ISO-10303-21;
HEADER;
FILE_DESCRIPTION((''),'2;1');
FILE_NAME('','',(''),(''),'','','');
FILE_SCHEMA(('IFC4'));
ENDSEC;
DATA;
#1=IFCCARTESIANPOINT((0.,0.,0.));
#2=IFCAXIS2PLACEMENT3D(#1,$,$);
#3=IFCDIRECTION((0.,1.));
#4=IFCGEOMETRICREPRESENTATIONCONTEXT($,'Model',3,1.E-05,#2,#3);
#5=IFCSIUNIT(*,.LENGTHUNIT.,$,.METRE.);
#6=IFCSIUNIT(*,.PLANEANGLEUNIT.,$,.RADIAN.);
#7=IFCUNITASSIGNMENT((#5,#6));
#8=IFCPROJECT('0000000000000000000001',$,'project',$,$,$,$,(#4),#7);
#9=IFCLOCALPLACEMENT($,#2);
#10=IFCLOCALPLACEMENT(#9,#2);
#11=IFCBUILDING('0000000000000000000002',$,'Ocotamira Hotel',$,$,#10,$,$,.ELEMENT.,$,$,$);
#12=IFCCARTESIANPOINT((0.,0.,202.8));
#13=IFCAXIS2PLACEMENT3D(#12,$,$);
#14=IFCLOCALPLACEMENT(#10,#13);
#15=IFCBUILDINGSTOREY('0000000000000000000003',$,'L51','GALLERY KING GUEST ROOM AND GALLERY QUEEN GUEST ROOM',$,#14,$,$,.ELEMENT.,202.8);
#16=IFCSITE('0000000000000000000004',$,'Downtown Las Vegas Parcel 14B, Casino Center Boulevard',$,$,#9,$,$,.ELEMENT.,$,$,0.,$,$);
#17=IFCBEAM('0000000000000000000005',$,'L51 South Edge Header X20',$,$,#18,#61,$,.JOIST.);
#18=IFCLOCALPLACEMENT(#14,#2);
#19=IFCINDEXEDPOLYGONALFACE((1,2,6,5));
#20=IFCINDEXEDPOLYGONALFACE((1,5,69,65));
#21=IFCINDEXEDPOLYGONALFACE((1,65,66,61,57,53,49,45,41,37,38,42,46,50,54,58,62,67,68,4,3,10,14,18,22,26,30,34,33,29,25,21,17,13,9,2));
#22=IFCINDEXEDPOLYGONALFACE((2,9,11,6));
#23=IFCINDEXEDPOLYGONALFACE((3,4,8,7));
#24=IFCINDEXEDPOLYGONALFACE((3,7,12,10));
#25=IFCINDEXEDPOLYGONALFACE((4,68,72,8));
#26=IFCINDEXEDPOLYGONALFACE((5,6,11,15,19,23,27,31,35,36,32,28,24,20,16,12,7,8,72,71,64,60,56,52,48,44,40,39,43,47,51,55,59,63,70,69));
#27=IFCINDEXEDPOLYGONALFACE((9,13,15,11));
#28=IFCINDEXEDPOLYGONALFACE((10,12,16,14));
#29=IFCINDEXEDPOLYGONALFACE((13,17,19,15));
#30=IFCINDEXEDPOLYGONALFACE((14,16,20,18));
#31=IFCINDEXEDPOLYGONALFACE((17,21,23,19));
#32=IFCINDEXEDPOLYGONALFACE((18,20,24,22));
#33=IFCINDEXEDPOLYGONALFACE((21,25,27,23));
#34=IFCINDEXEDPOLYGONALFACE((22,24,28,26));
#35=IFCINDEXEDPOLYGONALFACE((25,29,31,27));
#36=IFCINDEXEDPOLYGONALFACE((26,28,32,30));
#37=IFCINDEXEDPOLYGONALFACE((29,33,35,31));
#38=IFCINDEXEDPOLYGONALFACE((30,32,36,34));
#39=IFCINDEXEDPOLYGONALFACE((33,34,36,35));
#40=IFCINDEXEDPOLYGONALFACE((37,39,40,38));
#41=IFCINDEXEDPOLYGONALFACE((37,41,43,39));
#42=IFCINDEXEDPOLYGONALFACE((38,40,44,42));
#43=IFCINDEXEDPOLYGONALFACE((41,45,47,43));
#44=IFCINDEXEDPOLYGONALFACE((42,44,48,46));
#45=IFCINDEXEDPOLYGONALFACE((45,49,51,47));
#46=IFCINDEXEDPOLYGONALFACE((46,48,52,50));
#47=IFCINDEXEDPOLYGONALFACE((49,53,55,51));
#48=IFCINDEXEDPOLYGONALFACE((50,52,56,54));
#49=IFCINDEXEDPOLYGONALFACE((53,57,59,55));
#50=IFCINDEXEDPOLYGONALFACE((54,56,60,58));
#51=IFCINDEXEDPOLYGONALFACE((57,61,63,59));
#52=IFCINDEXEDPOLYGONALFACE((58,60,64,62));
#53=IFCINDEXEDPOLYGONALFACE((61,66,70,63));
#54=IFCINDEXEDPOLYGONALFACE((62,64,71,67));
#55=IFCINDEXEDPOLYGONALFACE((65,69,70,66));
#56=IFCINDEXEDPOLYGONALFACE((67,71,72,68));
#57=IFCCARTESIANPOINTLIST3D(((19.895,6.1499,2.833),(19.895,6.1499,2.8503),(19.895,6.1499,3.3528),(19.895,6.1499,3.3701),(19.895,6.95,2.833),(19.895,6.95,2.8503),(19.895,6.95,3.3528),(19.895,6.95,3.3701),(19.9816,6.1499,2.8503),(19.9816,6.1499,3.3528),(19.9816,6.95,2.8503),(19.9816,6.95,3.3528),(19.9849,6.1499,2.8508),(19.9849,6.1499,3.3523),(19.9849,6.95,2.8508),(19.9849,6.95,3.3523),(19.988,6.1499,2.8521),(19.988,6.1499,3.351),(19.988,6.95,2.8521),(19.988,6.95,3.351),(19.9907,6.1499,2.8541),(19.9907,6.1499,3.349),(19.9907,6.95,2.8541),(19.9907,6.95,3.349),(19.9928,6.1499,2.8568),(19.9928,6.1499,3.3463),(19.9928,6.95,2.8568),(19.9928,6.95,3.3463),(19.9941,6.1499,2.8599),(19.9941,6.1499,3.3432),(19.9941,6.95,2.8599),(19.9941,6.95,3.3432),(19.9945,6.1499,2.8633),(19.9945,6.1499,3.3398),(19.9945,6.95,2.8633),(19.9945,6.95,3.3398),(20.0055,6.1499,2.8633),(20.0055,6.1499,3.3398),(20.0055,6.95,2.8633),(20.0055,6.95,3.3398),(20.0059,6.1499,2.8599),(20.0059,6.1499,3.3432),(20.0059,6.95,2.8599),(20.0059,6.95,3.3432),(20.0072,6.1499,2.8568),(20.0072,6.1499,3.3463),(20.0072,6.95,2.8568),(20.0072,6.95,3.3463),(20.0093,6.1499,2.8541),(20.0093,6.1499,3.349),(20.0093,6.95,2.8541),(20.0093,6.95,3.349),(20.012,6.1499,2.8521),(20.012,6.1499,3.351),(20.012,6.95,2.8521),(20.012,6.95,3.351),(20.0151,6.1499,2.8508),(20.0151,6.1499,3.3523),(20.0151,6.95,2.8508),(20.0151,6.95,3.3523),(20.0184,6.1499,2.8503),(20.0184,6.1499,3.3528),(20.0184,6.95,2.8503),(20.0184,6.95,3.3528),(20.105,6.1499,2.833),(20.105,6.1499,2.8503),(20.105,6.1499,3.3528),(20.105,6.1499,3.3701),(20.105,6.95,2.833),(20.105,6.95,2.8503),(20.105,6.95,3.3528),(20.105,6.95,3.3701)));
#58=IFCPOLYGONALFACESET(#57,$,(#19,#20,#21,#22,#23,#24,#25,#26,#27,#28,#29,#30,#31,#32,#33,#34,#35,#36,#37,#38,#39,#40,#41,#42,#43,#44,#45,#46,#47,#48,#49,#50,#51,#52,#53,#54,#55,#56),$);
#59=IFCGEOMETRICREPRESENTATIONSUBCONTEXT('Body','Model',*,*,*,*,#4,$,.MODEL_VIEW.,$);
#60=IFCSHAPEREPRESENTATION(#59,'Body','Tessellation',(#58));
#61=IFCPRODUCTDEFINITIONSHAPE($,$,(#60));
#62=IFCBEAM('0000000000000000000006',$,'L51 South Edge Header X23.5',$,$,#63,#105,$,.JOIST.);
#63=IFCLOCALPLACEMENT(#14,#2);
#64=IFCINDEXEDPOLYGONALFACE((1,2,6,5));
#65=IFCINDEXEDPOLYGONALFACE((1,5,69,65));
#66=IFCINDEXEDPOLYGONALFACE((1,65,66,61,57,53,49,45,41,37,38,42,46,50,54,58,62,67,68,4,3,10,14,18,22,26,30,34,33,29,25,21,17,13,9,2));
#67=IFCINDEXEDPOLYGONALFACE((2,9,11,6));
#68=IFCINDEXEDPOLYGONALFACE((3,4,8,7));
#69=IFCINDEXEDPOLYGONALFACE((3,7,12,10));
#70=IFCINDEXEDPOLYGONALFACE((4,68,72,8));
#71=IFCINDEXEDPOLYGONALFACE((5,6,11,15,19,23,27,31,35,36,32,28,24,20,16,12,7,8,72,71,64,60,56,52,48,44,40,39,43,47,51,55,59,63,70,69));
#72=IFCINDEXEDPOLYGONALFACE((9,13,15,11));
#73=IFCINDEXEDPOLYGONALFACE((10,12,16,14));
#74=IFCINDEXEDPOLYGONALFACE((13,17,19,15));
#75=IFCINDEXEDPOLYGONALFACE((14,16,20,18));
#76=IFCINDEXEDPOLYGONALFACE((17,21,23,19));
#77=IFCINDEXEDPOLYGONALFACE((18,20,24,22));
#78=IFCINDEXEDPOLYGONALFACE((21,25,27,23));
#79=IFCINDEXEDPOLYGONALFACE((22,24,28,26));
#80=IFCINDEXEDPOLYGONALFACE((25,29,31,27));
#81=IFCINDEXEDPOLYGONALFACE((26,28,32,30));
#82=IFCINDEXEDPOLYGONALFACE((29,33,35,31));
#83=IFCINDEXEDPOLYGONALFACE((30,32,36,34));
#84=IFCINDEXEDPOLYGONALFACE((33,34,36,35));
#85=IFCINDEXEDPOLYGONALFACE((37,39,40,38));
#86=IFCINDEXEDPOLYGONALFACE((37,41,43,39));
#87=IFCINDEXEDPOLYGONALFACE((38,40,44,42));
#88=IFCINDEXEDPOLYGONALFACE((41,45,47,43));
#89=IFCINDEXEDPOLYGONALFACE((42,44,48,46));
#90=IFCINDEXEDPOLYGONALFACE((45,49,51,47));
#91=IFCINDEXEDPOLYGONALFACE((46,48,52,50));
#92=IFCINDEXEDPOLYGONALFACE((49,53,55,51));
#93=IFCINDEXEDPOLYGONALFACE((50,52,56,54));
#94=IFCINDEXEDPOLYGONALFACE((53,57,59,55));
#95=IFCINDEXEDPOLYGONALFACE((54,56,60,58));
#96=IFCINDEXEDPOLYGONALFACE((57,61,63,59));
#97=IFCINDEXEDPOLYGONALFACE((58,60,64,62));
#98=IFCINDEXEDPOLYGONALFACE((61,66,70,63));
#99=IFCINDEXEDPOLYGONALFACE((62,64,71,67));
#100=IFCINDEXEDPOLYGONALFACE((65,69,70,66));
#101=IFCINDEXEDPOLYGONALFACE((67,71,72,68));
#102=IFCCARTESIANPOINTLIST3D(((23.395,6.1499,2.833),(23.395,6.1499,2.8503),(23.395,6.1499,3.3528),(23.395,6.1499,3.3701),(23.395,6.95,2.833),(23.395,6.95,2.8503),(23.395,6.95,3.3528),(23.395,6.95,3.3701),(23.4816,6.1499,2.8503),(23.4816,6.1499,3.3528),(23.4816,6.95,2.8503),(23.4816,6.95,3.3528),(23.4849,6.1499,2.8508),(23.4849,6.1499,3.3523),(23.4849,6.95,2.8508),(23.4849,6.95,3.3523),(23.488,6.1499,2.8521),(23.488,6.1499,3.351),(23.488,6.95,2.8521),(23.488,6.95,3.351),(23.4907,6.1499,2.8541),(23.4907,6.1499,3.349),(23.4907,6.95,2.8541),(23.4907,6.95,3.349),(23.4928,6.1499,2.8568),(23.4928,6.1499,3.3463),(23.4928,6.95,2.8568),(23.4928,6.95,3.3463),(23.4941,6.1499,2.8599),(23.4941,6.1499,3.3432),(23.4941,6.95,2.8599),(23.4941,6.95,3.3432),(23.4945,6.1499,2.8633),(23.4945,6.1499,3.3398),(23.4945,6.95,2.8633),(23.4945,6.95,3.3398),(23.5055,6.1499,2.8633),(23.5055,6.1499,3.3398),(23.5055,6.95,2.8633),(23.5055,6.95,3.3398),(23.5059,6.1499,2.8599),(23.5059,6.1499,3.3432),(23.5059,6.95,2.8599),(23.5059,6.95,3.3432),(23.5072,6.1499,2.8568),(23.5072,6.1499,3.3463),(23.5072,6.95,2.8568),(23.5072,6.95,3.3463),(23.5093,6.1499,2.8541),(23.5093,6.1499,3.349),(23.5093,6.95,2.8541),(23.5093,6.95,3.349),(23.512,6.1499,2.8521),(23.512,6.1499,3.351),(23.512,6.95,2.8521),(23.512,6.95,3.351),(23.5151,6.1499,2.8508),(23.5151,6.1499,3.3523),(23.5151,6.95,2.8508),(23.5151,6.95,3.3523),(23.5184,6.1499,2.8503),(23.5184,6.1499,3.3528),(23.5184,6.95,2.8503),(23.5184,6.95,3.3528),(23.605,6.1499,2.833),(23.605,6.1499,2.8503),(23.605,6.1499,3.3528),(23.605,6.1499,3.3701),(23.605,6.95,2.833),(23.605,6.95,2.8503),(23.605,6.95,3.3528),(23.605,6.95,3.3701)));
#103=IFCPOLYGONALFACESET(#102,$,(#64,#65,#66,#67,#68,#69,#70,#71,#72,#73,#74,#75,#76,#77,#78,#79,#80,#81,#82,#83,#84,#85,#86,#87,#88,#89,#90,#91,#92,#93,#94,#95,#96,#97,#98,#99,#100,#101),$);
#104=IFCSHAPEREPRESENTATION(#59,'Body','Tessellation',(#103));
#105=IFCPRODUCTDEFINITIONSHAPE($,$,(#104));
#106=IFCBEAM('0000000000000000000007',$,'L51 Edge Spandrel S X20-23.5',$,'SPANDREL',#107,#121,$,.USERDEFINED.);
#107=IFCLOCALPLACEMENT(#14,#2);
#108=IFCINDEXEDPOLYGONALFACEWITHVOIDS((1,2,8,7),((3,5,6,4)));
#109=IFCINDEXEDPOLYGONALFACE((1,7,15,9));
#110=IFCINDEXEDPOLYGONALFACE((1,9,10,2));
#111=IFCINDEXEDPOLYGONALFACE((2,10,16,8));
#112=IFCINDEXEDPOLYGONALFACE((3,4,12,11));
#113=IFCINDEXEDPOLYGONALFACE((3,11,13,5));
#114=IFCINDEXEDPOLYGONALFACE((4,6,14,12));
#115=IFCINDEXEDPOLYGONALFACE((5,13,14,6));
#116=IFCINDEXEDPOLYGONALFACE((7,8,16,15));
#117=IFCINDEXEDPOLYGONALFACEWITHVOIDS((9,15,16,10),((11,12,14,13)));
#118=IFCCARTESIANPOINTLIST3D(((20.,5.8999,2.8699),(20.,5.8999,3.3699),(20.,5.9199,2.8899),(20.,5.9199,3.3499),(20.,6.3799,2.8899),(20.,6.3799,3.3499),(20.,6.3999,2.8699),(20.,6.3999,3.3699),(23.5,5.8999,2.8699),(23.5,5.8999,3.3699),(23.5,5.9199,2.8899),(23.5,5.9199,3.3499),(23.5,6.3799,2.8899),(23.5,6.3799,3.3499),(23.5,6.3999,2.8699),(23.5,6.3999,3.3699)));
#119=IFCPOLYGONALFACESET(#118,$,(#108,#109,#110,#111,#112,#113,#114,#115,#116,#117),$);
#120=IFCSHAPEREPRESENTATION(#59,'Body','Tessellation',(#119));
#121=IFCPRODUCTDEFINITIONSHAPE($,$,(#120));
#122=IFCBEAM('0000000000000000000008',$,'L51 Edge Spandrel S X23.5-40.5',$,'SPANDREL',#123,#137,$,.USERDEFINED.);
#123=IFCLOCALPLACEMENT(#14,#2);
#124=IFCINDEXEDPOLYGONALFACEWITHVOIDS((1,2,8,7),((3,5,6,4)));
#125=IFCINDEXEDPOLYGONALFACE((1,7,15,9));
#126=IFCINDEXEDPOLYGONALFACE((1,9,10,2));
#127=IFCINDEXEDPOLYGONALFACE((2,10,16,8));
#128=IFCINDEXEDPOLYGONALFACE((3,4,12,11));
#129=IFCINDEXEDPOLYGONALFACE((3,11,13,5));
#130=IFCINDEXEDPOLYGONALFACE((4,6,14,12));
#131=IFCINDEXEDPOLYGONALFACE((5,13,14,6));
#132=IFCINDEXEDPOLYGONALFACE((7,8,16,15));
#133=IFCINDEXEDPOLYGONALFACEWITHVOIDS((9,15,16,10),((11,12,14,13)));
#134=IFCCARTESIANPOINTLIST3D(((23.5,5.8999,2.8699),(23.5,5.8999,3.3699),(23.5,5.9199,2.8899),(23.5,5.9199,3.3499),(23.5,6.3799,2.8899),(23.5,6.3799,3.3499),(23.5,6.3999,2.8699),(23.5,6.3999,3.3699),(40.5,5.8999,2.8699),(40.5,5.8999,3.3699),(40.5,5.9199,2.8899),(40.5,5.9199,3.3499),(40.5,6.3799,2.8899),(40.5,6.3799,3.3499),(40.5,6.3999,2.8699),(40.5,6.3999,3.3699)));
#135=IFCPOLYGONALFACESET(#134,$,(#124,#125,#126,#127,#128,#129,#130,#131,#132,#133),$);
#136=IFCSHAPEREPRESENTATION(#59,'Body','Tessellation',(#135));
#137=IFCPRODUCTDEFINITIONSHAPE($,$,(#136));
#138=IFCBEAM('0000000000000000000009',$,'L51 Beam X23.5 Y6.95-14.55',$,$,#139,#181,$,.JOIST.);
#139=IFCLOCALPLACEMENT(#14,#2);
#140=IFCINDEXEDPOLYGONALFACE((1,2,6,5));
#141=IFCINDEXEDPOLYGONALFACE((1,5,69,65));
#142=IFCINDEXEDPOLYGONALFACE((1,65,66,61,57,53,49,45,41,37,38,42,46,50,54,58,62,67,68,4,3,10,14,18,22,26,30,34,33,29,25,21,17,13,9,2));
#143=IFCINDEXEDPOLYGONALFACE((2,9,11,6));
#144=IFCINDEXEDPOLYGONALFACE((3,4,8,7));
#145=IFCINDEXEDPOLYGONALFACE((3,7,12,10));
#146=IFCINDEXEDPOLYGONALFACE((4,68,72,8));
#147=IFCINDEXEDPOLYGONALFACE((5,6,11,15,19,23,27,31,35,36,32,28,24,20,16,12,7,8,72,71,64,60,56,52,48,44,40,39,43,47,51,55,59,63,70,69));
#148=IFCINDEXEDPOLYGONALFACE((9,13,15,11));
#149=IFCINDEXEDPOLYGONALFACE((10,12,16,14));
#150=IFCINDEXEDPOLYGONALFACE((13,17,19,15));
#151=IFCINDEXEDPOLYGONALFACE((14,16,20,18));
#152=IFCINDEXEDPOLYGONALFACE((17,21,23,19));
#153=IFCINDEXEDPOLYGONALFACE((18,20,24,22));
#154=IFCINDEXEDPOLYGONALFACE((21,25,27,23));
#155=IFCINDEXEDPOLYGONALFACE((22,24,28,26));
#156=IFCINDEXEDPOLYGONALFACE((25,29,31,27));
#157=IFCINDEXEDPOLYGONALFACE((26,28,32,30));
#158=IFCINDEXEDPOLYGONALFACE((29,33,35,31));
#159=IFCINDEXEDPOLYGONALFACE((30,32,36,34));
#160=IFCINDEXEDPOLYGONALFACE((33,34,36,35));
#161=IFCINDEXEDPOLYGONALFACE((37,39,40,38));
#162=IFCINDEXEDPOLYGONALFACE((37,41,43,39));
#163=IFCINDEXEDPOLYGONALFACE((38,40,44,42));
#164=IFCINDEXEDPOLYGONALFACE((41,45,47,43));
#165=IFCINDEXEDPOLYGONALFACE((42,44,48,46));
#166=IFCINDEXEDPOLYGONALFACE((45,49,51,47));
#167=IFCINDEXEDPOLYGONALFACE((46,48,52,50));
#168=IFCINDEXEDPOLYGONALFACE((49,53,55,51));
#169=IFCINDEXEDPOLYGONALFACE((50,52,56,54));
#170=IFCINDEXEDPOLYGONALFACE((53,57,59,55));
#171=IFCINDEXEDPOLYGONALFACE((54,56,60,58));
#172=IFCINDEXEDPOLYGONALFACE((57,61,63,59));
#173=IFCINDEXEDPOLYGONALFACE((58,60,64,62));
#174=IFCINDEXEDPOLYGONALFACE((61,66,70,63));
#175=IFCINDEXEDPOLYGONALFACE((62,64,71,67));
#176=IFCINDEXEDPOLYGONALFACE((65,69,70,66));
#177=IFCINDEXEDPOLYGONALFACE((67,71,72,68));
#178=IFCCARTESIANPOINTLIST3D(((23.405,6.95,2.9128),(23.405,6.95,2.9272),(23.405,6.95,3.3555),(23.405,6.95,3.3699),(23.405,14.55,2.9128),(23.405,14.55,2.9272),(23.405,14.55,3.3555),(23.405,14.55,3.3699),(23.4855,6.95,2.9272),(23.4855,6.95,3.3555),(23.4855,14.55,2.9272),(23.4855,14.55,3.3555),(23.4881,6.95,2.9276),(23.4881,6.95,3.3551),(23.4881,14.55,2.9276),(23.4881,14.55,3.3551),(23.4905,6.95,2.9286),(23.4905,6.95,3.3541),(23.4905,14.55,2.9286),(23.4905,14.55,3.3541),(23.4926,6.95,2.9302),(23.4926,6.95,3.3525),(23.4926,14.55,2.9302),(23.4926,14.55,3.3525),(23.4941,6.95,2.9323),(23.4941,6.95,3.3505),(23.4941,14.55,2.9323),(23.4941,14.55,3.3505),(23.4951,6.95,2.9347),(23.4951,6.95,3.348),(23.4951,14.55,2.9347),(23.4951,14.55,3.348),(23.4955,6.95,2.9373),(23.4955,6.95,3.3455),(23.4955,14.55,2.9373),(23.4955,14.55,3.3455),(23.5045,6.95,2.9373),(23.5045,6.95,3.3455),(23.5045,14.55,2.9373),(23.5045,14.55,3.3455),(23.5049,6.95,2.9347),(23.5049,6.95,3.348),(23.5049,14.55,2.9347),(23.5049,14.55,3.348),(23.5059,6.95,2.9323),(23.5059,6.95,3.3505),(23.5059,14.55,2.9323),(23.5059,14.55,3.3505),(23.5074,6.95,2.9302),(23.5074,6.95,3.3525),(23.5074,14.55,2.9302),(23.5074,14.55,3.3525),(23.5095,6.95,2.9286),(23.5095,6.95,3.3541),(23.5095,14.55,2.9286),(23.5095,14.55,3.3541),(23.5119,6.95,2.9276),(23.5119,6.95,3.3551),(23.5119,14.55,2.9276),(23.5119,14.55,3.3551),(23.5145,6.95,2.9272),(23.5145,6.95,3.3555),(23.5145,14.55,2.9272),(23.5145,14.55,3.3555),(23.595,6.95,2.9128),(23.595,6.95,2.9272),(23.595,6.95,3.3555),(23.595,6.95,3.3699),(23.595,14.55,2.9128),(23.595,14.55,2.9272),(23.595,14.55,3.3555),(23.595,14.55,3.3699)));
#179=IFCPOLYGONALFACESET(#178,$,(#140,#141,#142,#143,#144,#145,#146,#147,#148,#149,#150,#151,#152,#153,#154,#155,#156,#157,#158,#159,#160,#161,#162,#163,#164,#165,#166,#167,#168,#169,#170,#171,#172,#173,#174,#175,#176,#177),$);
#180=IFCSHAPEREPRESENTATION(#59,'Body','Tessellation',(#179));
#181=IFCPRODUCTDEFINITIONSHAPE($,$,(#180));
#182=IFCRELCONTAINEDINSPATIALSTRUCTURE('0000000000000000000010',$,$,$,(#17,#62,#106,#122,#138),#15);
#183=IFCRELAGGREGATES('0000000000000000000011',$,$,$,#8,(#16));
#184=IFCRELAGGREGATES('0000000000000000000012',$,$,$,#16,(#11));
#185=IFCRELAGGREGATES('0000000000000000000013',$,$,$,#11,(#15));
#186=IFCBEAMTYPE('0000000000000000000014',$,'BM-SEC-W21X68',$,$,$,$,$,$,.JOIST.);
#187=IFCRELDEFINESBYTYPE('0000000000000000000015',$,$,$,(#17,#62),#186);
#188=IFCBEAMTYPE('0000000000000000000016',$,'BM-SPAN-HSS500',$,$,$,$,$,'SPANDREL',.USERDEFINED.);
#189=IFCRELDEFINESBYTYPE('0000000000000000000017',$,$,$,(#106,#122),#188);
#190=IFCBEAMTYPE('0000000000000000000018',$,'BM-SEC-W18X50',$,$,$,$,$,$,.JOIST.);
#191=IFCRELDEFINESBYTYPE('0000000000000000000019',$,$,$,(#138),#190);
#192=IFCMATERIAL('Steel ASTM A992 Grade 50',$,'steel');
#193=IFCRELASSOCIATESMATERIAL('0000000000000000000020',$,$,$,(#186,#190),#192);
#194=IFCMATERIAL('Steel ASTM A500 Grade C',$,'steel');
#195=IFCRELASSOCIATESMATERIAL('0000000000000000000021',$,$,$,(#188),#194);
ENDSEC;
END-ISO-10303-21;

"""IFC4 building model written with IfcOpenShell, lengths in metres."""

from ifc_helpers import new_model, si_unit, direction, frame, origin, origin_2d, place, context, subcontext, project, spatial, hollow_rectangle, i_section, extrude, source, transform, mapped, material, material_profile, profile_set, type_object, element, save


model = new_model("IFC4")

# Units and contexts
model_context = context("Model", 3, precision=1e-05, world=origin(), true_north=direction((0.0, 1.0)))
body_context = subcontext(model_context, "Body", "Model", "MODEL_VIEW")
ifc_project = project(units=[si_unit("LENGTHUNIT", "METRE"), si_unit("PLANEANGLEUNIT", "RADIAN")], contexts=[model_context])

# Site, building, storey
site_placement = place(None, origin())
site = spatial("IfcSite", under=ifc_project, at=site_placement, Name="Downtown Las Vegas Parcel 14B, Casino Center Boulevard", CompositionType="ELEMENT", RefElevation=0.0)
building_placement = place(site_placement, origin())
building = spatial("IfcBuilding", under=site, at=building_placement, Name="Ocotamira Hotel", CompositionType="ELEMENT")
storey_placement = place(building_placement, frame((0.0, 0.0, 202.8)))
storey = spatial("IfcBuildingStorey", under=building, at=storey_placement, Name="L51", Description="GALLERY KING GUEST ROOM AND GALLERY QUEEN GUEST ROOM", CompositionType="ELEMENT", Elevation=202.8)

# Beams
ifc_material_1 = material(Name="Steel ASTM A992 Grade 50", Category="steel")
ifc_material_profile_1 = material_profile(ifc_material_1, i_section(OverallWidth=0.21, OverallDepth=0.5371, WebThickness=0.011, FlangeThickness=0.0173, FilletRadius=0.0129, at=origin_2d()), Name="W21X68")
ifc_profile_set_1 = profile_set([ifc_material_profile_1], Name="Steel ASTM A992 Grade 50")
beam_type_1 = type_object("IfcBeamType", Name="BM-SEC-W21X68", PredefinedType="JOIST", material=ifc_profile_set_1)
shared_shape_1 = source(origin(), body_context, "Body", "SweptSolid", [
    extrude(i_section(OverallWidth=0.21, OverallDepth=0.5371, WebThickness=0.011, FlangeThickness=0.0173, FilletRadius=0.0129, at=origin_2d()), origin(), (0.0, 0.0, 1.0), 0.8),
])
for number, where, z_axis, x_axis, name in (
    (1, (20.0, 6.95, 3.1016), (0.0, -1.0, 0.0), (1.0, 0.0, 0.0), "L51 South Edge Header X20"),
    (2, (23.5, 6.95, 3.1016), (0.0, -1.0, 0.0), (1.0, 0.0, 0.0), "L51 South Edge Header X23.5"),
):
    element("IfcBeam", number, at=place(storey_placement, frame(where, z_axis=z_axis, x_axis=x_axis)), inside=storey, type_object=beam_type_1, Name=name, PredefinedType="JOIST", context=body_context, shape_type="MappedRepresentation", body=[
        mapped(shared_shape_1, transform((0.0, 0.0, 0.0), scale=1.0)),
    ])
ifc_material_2 = material(Name="Steel ASTM A500 Grade C", Category="steel")
ifc_material_profile_2 = material_profile(ifc_material_2, hollow_rectangle(XDim=0.5, YDim=0.5, WallThickness=0.02, at=origin_2d()), Name="HSS500X500X20")
ifc_profile_set_2 = profile_set([ifc_material_profile_2], Name="Steel ASTM A500 Grade C")
beam_type_2 = type_object("IfcBeamType", Name="BM-SPAN-HSS500", ElementType="SPANDREL", PredefinedType="USERDEFINED", material=ifc_profile_set_2)
shared_shape_2 = source(origin(), body_context, "Body", "SweptSolid", [
    extrude(hollow_rectangle(XDim=0.5, YDim=0.5, WallThickness=0.02, at=origin_2d()), origin(), (0.0, 0.0, 1.0), 3.5),
])
beam_1_placement = place(storey_placement, frame((20.0, 6.1499, 3.1199), z_axis=(1.0, 0.0, 0.0), x_axis=(0.0, 1.0, 0.0)))
element("IfcBeam", 3, at=beam_1_placement, inside=storey, type_object=beam_type_2, Name="L51 Edge Spandrel S X20-23.5", ObjectType="SPANDREL", PredefinedType="USERDEFINED", context=body_context, shape_type="MappedRepresentation", body=[
    mapped(shared_shape_2, transform((0.0, 0.0, 0.0), scale=1.0)),
])
shared_shape_3 = source(origin(), body_context, "Body", "SweptSolid", [
    extrude(hollow_rectangle(XDim=0.5, YDim=0.5, WallThickness=0.02, at=origin_2d()), origin(), (0.0, 0.0, 1.0), 17.0),
])
beam_2_placement = place(storey_placement, frame((23.5, 6.1499, 3.1199), z_axis=(1.0, 0.0, 0.0), x_axis=(0.0, 1.0, 0.0)))
element("IfcBeam", 4, at=beam_2_placement, inside=storey, type_object=beam_type_2, Name="L51 Edge Spandrel S X23.5-40.5", ObjectType="SPANDREL", PredefinedType="USERDEFINED", context=body_context, shape_type="MappedRepresentation", body=[
    mapped(shared_shape_3, transform((0.0, 0.0, 0.0), scale=1.0)),
])
ifc_material_profile_3 = material_profile(ifc_material_1, i_section(OverallWidth=0.1899, OverallDepth=0.457, WebThickness=0.009, FlangeThickness=0.0144, FilletRadius=0.01, at=origin_2d()), Name="W18X50")
ifc_profile_set_3 = profile_set([ifc_material_profile_3], Name="Steel ASTM A992 Grade 50")
beam_type_3 = type_object("IfcBeamType", Name="BM-SEC-W18X50", PredefinedType="JOIST", material=ifc_profile_set_3)
shared_shape_4 = source(origin(), body_context, "Body", "SweptSolid", [
    extrude(i_section(OverallWidth=0.1899, OverallDepth=0.457, WebThickness=0.009, FlangeThickness=0.0144, FilletRadius=0.01, at=origin_2d()), origin(), (0.0, 0.0, 1.0), 7.6001),
])
beam_3_placement = place(storey_placement, frame((23.5, 6.95, 3.1414), z_axis=(0.0, 1.0, 0.0), x_axis=(-1.0, 0.0, 0.0)))
element("IfcBeam", 5, at=beam_3_placement, inside=storey, type_object=beam_type_3, Name="L51 Beam X23.5 Y6.95-14.55", PredefinedType="JOIST", context=body_context, shape_type="MappedRepresentation", body=[
    mapped(shared_shape_4, transform((0.0, 0.0, 0.0), scale=1.0)),
])

save(model, "model.ifc")
